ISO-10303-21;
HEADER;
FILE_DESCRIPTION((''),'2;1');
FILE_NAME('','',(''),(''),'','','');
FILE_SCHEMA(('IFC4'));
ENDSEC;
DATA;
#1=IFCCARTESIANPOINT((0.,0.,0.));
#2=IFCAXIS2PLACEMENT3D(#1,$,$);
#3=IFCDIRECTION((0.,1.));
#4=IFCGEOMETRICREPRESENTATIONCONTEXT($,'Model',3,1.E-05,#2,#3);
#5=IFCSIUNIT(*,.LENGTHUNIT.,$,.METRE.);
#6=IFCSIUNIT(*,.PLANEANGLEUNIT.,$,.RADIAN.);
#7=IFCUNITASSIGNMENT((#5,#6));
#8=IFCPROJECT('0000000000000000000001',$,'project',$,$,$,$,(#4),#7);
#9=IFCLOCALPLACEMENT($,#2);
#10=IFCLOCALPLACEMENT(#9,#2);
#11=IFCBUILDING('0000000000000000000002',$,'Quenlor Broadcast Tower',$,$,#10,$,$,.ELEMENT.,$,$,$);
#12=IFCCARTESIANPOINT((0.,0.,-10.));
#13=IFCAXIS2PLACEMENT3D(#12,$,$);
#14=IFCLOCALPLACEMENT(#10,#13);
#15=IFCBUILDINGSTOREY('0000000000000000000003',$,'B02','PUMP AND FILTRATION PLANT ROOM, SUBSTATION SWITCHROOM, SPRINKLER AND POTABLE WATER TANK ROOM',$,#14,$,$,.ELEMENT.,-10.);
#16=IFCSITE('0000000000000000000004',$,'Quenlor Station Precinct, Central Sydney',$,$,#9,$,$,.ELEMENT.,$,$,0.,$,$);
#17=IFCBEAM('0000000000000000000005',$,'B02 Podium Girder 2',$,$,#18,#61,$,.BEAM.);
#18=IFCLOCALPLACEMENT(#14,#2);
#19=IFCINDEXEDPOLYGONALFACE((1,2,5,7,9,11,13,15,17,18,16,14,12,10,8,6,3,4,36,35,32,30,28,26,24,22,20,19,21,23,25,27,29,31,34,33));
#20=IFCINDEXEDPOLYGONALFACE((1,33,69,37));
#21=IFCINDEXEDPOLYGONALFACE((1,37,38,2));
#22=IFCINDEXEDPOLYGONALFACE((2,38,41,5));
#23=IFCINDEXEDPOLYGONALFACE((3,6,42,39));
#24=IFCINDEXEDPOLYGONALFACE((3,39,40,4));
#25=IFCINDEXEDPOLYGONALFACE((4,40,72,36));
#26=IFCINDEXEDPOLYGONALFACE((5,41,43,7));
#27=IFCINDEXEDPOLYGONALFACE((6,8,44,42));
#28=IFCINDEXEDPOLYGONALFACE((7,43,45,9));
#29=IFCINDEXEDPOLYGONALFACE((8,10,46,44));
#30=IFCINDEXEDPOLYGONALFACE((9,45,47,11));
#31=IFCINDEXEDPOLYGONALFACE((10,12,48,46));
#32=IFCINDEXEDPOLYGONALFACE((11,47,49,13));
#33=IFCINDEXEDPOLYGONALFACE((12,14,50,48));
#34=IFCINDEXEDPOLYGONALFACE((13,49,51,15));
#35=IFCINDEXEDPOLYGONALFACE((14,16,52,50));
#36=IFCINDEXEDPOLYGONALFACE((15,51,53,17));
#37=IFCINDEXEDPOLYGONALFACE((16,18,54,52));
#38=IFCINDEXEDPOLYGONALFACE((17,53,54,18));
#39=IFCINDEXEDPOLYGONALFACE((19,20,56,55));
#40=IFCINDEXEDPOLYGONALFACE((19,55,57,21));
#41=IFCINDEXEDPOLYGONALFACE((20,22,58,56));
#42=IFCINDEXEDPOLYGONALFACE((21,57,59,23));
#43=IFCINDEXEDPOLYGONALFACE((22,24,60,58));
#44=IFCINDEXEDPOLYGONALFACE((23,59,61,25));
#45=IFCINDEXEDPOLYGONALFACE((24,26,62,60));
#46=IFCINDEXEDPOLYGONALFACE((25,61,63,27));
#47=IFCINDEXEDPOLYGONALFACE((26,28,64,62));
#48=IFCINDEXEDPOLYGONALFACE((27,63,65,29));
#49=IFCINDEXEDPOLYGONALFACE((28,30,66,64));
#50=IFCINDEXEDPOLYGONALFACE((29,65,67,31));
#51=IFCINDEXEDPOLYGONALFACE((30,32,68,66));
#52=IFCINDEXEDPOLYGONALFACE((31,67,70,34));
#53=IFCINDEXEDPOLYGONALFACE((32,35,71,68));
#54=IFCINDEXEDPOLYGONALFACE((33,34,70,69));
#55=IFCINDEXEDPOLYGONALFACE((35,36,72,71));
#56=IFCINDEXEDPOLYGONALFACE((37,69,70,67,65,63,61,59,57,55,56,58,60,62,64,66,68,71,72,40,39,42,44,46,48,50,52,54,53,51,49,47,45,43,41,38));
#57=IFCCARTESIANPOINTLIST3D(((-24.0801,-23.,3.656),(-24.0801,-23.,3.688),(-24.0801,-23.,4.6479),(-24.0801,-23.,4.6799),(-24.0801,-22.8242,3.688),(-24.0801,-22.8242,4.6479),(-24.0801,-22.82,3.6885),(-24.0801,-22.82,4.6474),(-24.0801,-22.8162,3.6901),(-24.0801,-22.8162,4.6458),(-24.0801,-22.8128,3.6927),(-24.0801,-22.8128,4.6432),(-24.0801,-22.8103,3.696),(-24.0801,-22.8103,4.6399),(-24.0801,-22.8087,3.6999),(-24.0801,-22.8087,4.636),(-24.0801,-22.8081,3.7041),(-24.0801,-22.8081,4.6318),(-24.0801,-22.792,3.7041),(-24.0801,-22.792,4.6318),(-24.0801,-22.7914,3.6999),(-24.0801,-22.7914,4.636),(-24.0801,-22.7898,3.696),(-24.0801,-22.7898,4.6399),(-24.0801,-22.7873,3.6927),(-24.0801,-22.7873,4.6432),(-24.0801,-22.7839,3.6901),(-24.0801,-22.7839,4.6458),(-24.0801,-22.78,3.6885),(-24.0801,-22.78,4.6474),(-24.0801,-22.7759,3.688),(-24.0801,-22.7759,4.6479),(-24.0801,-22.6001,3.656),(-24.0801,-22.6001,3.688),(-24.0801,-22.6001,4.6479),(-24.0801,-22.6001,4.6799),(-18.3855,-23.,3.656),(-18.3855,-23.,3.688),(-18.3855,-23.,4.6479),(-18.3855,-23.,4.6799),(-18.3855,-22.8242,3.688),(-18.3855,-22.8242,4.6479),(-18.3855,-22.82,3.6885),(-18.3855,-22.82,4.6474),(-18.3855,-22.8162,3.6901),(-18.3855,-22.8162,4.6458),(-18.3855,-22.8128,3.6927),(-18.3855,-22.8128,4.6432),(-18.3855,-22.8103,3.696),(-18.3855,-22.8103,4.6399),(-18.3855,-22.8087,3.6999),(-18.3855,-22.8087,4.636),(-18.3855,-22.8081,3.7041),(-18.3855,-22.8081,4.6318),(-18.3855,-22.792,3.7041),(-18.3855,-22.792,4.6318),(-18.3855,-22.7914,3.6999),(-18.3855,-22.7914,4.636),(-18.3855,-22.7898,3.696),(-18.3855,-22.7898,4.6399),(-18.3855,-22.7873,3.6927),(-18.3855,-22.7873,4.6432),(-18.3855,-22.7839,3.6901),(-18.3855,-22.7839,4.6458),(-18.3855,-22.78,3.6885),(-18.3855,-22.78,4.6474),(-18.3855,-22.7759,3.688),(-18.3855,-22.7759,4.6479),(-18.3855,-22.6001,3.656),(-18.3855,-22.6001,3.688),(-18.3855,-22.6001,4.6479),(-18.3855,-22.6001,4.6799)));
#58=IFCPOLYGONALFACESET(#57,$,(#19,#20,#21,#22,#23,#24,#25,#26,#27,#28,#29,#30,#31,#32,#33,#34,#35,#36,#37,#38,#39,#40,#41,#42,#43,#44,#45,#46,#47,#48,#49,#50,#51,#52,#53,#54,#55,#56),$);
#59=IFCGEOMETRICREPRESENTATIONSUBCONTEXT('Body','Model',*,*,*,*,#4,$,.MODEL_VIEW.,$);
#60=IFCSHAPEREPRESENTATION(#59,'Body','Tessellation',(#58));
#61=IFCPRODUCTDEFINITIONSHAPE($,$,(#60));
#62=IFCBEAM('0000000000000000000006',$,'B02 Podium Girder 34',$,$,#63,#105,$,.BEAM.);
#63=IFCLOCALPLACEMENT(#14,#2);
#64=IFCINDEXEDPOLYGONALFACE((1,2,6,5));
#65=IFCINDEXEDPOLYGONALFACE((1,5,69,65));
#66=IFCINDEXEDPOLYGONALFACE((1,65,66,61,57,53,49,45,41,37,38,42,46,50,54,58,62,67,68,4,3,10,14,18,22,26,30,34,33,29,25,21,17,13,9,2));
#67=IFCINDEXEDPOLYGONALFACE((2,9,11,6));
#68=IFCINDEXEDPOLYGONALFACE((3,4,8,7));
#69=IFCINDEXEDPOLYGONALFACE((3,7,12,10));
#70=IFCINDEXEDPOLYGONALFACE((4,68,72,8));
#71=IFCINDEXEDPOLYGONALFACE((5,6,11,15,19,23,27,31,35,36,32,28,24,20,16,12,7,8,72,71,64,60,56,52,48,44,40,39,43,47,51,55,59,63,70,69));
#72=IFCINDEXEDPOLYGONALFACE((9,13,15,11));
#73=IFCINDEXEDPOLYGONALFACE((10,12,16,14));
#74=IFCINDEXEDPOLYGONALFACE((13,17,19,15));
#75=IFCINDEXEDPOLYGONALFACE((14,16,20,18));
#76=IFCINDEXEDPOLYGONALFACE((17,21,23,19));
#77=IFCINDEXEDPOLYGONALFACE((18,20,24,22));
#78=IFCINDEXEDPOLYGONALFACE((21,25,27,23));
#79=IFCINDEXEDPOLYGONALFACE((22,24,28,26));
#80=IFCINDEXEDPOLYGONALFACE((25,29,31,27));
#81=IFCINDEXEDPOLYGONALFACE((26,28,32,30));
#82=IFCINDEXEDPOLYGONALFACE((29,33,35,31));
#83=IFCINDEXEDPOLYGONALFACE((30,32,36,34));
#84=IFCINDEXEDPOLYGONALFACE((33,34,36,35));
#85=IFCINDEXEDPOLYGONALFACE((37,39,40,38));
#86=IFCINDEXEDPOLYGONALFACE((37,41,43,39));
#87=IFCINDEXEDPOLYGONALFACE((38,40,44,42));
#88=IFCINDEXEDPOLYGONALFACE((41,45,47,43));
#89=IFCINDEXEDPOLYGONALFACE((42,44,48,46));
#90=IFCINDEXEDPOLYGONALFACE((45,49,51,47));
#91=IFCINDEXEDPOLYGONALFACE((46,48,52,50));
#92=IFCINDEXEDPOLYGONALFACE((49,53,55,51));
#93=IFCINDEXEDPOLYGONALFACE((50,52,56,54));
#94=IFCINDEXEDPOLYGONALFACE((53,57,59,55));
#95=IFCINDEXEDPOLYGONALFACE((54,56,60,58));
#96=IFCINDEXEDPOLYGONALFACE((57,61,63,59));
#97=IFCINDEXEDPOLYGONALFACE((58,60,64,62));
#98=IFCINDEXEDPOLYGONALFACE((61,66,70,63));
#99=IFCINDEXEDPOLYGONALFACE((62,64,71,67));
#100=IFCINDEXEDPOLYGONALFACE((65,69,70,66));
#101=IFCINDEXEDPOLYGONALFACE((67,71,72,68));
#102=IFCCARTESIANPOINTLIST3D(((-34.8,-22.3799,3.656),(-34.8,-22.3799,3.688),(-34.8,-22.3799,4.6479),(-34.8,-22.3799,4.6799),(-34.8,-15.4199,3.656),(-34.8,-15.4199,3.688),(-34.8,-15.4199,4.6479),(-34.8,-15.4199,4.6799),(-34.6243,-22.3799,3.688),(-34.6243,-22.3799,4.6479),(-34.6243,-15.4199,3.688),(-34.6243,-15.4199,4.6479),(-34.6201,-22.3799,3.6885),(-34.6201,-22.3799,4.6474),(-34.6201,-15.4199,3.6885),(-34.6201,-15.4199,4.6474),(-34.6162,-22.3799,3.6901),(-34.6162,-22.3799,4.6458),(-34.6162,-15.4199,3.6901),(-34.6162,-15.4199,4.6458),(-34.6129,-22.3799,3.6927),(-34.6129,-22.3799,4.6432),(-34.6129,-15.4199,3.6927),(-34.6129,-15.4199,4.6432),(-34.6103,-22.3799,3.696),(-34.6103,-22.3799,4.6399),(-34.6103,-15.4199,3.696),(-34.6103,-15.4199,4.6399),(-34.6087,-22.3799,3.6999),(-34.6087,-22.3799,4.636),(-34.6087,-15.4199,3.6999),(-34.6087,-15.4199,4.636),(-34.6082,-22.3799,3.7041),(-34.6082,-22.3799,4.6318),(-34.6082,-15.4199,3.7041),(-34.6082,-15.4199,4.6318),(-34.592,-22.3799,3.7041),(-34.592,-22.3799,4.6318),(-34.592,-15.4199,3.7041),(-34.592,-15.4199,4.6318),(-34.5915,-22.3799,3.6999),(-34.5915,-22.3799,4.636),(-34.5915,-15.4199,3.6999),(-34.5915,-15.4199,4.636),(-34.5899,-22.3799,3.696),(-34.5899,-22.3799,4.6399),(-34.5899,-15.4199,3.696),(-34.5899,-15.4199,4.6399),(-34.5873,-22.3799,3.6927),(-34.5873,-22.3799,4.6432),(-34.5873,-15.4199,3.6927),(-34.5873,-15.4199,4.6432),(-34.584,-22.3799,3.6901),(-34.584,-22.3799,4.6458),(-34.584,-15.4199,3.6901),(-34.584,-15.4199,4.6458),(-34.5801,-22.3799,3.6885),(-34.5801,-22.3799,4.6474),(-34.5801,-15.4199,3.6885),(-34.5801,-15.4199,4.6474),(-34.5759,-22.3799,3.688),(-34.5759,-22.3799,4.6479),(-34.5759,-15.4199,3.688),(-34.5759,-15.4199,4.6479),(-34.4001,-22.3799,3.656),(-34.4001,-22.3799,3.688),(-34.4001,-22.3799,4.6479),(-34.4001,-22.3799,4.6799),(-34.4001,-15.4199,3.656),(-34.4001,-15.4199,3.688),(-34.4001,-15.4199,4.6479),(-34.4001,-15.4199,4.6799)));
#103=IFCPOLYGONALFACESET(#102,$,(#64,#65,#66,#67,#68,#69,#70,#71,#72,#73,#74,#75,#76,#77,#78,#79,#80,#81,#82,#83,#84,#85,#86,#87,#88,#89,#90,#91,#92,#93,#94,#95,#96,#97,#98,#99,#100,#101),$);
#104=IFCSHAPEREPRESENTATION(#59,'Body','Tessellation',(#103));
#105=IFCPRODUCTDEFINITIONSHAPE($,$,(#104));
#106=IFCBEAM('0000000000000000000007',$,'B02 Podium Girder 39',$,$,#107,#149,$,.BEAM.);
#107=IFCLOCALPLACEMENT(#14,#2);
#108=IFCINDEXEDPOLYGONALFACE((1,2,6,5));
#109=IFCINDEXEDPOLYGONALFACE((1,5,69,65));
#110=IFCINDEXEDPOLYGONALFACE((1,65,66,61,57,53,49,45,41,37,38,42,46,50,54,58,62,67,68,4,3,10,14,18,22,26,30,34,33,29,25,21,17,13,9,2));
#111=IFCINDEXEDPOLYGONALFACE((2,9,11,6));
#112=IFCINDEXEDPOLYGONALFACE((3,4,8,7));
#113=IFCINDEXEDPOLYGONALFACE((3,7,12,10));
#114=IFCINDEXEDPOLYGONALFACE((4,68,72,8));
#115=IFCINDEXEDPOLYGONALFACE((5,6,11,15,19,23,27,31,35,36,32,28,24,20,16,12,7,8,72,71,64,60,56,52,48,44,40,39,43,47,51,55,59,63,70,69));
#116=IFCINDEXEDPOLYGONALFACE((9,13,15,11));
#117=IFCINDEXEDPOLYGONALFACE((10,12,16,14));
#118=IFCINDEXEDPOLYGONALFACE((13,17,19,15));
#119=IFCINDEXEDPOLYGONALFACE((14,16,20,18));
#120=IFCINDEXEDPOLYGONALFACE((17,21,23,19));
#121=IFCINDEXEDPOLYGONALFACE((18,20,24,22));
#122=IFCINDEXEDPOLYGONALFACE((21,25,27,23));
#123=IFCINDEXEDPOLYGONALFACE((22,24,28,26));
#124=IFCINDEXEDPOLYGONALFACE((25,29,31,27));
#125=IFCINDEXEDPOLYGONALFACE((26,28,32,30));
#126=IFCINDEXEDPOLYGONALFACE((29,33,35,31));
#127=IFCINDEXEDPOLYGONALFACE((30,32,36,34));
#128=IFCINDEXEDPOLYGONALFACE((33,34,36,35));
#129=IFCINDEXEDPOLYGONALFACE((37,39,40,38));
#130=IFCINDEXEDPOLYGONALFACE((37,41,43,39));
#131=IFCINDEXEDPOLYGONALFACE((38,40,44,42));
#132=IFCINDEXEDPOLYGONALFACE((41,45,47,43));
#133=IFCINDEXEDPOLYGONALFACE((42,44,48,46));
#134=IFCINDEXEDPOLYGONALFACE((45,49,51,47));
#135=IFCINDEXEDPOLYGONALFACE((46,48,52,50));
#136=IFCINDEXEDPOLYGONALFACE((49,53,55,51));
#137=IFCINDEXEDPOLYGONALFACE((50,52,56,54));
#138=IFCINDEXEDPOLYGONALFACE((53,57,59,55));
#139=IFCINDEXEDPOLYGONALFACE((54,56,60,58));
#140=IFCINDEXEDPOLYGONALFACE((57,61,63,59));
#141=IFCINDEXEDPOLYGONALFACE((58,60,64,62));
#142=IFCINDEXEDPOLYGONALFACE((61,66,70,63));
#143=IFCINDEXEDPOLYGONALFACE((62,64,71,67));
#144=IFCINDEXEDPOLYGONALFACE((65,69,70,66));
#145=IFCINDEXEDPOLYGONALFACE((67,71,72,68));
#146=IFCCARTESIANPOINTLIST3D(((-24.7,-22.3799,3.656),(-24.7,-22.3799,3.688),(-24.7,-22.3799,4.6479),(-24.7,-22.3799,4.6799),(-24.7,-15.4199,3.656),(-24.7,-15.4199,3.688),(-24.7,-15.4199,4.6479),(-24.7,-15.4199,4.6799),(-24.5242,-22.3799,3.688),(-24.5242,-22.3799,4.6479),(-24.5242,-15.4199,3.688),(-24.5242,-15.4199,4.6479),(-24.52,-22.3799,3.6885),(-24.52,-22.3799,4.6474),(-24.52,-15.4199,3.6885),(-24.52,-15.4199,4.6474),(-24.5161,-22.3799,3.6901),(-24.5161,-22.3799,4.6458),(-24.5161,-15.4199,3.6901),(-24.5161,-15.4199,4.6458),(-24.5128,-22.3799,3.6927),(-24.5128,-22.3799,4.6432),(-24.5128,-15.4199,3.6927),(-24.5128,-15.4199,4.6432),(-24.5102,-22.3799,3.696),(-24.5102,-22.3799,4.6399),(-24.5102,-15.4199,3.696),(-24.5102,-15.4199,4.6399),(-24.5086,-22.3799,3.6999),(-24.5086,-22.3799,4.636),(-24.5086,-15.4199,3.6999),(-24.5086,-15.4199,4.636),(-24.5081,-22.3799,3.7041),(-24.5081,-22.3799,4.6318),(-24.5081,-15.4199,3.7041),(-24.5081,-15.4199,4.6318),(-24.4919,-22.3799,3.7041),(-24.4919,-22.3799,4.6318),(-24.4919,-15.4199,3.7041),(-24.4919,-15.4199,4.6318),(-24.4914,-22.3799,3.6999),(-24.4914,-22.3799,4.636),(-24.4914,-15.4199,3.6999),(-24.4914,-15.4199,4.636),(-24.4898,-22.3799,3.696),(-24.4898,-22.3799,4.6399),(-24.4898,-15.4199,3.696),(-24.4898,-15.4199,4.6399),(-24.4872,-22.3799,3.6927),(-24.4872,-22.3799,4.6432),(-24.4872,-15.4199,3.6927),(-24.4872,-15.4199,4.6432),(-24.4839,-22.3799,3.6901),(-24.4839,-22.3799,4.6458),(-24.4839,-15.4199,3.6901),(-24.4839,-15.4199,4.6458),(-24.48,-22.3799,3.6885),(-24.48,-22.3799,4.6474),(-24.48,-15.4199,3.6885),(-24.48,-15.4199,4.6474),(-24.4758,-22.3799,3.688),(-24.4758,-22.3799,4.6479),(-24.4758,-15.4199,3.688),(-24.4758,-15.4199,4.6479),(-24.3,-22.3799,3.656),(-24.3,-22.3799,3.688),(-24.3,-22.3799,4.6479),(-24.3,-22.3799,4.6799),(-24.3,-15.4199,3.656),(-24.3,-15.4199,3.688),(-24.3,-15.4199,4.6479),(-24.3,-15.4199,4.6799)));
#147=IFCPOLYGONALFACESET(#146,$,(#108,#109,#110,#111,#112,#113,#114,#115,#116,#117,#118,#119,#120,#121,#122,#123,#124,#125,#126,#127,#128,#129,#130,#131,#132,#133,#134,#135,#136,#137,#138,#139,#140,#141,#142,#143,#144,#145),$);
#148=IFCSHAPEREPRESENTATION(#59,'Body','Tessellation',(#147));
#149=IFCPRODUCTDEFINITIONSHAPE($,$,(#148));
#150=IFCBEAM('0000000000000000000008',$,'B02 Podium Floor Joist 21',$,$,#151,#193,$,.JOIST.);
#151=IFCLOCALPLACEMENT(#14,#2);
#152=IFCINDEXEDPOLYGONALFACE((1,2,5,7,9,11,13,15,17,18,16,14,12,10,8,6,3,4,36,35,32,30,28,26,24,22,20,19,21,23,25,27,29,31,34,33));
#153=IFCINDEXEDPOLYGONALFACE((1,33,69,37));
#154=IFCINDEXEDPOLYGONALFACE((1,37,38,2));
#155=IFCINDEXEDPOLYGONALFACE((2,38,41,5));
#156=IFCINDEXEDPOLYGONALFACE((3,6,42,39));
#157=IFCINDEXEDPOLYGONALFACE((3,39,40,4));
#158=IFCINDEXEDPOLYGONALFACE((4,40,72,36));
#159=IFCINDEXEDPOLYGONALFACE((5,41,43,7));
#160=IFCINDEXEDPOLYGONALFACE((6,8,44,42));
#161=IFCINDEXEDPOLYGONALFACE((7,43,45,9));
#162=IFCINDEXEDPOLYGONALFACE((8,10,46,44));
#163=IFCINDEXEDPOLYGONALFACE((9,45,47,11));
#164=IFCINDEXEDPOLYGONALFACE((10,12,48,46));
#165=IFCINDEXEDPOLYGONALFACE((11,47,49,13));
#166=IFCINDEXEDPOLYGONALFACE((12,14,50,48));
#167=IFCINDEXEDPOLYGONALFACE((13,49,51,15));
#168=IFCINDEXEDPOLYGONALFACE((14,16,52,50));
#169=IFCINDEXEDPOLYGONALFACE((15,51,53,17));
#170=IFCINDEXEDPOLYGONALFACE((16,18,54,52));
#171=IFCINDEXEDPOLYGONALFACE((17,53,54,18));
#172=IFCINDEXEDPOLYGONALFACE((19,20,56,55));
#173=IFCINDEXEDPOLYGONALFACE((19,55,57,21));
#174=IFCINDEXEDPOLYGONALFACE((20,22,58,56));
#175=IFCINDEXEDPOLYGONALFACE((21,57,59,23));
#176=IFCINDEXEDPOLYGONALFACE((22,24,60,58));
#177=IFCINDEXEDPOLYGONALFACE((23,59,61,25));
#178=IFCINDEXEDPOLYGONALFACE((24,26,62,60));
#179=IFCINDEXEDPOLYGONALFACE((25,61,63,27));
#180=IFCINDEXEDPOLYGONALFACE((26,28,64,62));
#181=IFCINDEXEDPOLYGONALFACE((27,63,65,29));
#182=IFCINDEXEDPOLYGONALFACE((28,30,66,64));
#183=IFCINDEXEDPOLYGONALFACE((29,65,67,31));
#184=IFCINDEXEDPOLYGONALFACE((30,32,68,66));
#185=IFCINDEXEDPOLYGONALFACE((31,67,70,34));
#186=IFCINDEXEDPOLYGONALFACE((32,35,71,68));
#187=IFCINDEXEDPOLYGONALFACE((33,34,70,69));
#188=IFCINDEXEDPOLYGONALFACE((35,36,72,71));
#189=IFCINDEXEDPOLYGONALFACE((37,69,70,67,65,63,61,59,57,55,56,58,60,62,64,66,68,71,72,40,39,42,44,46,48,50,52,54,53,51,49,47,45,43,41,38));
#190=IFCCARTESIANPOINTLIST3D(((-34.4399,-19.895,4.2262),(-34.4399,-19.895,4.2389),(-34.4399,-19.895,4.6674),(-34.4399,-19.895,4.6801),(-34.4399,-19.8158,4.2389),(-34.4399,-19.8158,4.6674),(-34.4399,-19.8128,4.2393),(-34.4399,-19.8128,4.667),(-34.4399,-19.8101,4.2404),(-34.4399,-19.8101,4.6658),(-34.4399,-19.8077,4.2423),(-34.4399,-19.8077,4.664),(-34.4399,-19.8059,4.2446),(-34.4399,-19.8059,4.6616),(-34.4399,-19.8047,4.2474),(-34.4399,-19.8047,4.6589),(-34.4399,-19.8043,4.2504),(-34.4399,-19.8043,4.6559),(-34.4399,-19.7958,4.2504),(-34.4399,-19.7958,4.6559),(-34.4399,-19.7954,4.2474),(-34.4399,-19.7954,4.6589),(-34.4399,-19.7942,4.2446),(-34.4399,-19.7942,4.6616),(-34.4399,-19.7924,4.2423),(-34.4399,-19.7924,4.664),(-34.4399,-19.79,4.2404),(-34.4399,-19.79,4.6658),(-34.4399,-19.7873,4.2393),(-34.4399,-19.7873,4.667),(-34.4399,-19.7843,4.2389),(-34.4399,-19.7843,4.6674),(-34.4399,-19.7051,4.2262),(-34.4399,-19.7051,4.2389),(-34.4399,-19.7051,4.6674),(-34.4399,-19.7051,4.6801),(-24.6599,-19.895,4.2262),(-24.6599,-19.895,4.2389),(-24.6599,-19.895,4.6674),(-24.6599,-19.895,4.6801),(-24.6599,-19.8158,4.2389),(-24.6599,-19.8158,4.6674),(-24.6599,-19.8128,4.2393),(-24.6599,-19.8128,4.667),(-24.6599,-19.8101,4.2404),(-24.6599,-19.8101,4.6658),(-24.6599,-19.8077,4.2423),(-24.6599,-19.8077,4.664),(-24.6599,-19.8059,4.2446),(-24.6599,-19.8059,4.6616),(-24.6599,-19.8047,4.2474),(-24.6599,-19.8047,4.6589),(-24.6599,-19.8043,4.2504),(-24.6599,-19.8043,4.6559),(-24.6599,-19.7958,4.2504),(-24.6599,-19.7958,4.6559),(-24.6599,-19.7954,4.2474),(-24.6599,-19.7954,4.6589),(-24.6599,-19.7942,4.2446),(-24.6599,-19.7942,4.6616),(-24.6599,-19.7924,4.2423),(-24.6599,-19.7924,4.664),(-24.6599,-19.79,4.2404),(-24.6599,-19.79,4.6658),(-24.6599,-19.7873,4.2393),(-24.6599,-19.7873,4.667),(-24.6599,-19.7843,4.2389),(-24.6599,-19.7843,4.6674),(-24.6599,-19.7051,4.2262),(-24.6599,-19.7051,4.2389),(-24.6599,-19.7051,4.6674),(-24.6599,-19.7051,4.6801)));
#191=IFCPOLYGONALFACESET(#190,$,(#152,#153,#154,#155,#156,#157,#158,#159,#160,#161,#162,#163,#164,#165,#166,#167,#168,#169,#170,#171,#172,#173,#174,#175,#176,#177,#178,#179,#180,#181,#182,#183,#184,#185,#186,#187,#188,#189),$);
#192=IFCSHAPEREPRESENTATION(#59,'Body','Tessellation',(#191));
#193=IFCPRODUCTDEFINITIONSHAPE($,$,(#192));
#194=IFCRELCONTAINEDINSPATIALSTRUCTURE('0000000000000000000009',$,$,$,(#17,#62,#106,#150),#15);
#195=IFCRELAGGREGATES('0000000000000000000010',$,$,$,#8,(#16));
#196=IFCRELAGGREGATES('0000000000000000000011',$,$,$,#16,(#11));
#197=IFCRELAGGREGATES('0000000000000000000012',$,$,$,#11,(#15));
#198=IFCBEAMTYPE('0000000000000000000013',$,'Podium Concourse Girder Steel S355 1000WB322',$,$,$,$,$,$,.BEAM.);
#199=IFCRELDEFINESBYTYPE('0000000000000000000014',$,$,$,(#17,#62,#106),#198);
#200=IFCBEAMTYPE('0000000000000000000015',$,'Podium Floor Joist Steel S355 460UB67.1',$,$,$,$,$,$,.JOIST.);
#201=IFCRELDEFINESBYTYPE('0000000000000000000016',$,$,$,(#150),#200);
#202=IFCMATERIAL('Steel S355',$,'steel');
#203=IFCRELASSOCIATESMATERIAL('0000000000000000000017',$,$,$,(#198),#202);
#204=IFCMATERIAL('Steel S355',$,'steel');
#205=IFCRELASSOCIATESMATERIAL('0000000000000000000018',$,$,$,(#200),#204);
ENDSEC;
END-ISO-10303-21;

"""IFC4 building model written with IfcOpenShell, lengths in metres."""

from ifc_helpers import new_model, si_unit, direction, frame, origin, origin_2d, place, context, subcontext, project, spatial, i_section, extrude, material, material_profile, profile_set, type_object, element, save


model = new_model("IFC4")

# Units and contexts
model_context = context("Model", 3, precision=1e-05, world=origin(), true_north=direction((0.0, 1.0)))
body_context = subcontext(model_context, "Body", "Model", "MODEL_VIEW")
ifc_project = project(units=[si_unit("LENGTHUNIT", "METRE"), si_unit("PLANEANGLEUNIT", "RADIAN")], contexts=[model_context])

# Site, building, storey
site_placement = place(None, origin())
site = spatial("IfcSite", under=ifc_project, at=site_placement, Name="Quenlor Station Precinct, Central Sydney", CompositionType="ELEMENT", RefElevation=0.0)
building_placement = place(site_placement, origin())
building = spatial("IfcBuilding", under=site, at=building_placement, Name="Quenlor Broadcast Tower", CompositionType="ELEMENT")
storey_placement = place(building_placement, frame((0.0, 0.0, -10.0)))
storey = spatial("IfcBuildingStorey", under=building, at=storey_placement, Name="B02", Description="PUMP AND FILTRATION PLANT ROOM, SUBSTATION SWITCHROOM, SPRINKLER AND POTABLE WATER TANK ROOM", CompositionType="ELEMENT", Elevation=-10.0)

# Beams
ifc_material_1 = material(Name="Steel S355", Category="steel")
ifc_material_profile_1 = material_profile(ifc_material_1, i_section(OverallWidth=0.3999, OverallDepth=1.0239, WebThickness=0.0161, FlangeThickness=0.032, FilletRadius=0.0161, at=origin_2d()))
ifc_profile_set_1 = profile_set([ifc_material_profile_1], Name="Steel S355 1000WB322")
beam_type_1 = type_object("IfcBeamType", Name="Podium Concourse Girder Steel S355 1000WB322", PredefinedType="BEAM", material=ifc_profile_set_1)
beam_1_placement = place(storey_placement, frame((-24.0801, -22.8, 4.168), z_axis=(1.0, 0.0, 0.0), x_axis=(0.0, 1.0, 0.0)))
element("IfcBeam", 1, at=beam_1_placement, inside=storey, type_object=beam_type_1, Name="B02 Podium Girder 2", PredefinedType="BEAM", context=body_context, shape_type="SweptSolid", body=[
    extrude(i_section(OverallWidth=0.3999, OverallDepth=1.0239, WebThickness=0.0161, FlangeThickness=0.032, FilletRadius=0.0161, at=origin_2d()), origin(), (0.0, 0.0, 1.0), 5.6946),
])
for number, where, z_axis, x_axis, name in (
    (2, (-34.6001, -22.3799, 4.168), (0.0, 1.0, 0.0), (-1.0, 0.0, 0.0), "B02 Podium Girder 34"),
    (3, (-24.5, -22.3799, 4.168), (0.0, 1.0, 0.0), (-1.0, 0.0, 0.0), "B02 Podium Girder 39"),
):
    element("IfcBeam", number, at=place(storey_placement, frame(where, z_axis=z_axis, x_axis=x_axis)), inside=storey, type_object=beam_type_1, Name=name, PredefinedType="BEAM", context=body_context, shape_type="SweptSolid", body=[
        extrude(i_section(OverallWidth=0.3999, OverallDepth=1.0239, WebThickness=0.0161, FlangeThickness=0.032, FilletRadius=0.0161, at=origin_2d()), origin(), (0.0, 0.0, 1.0), 6.96),
    ])
ifc_material_2 = material(Name="Steel S355", Category="steel")
ifc_material_profile_2 = material_profile(ifc_material_2, i_section(OverallWidth=0.1899, OverallDepth=0.4539, WebThickness=0.0085, FlangeThickness=0.0127, FilletRadius=0.0115, at=origin_2d()))
ifc_profile_set_2 = profile_set([ifc_material_profile_2], Name="Steel S355 460UB67.1")
beam_type_2 = type_object("IfcBeamType", Name="Podium Floor Joist Steel S355 460UB67.1", PredefinedType="JOIST", material=ifc_profile_set_2)
for number, where, z_axis, x_axis, name in (
    (4, (-34.4399, -19.8, 4.4531), (1.0, 0.0, 0.0), (0.0, 1.0, 0.0), "B02 Podium Floor Joist 21"),
):
    element("IfcBeam", number, at=place(storey_placement, frame(where, z_axis=z_axis, x_axis=x_axis)), inside=storey, type_object=beam_type_2, Name=name, PredefinedType="JOIST", context=body_context, shape_type="SweptSolid", body=[
        extrude(i_section(OverallWidth=0.1899, OverallDepth=0.4539, WebThickness=0.0085, FlangeThickness=0.0127, FilletRadius=0.0115, at=origin_2d()), origin(), (0.0, 0.0, 1.0), 9.78),
    ])

save(model, "model.ifc")
